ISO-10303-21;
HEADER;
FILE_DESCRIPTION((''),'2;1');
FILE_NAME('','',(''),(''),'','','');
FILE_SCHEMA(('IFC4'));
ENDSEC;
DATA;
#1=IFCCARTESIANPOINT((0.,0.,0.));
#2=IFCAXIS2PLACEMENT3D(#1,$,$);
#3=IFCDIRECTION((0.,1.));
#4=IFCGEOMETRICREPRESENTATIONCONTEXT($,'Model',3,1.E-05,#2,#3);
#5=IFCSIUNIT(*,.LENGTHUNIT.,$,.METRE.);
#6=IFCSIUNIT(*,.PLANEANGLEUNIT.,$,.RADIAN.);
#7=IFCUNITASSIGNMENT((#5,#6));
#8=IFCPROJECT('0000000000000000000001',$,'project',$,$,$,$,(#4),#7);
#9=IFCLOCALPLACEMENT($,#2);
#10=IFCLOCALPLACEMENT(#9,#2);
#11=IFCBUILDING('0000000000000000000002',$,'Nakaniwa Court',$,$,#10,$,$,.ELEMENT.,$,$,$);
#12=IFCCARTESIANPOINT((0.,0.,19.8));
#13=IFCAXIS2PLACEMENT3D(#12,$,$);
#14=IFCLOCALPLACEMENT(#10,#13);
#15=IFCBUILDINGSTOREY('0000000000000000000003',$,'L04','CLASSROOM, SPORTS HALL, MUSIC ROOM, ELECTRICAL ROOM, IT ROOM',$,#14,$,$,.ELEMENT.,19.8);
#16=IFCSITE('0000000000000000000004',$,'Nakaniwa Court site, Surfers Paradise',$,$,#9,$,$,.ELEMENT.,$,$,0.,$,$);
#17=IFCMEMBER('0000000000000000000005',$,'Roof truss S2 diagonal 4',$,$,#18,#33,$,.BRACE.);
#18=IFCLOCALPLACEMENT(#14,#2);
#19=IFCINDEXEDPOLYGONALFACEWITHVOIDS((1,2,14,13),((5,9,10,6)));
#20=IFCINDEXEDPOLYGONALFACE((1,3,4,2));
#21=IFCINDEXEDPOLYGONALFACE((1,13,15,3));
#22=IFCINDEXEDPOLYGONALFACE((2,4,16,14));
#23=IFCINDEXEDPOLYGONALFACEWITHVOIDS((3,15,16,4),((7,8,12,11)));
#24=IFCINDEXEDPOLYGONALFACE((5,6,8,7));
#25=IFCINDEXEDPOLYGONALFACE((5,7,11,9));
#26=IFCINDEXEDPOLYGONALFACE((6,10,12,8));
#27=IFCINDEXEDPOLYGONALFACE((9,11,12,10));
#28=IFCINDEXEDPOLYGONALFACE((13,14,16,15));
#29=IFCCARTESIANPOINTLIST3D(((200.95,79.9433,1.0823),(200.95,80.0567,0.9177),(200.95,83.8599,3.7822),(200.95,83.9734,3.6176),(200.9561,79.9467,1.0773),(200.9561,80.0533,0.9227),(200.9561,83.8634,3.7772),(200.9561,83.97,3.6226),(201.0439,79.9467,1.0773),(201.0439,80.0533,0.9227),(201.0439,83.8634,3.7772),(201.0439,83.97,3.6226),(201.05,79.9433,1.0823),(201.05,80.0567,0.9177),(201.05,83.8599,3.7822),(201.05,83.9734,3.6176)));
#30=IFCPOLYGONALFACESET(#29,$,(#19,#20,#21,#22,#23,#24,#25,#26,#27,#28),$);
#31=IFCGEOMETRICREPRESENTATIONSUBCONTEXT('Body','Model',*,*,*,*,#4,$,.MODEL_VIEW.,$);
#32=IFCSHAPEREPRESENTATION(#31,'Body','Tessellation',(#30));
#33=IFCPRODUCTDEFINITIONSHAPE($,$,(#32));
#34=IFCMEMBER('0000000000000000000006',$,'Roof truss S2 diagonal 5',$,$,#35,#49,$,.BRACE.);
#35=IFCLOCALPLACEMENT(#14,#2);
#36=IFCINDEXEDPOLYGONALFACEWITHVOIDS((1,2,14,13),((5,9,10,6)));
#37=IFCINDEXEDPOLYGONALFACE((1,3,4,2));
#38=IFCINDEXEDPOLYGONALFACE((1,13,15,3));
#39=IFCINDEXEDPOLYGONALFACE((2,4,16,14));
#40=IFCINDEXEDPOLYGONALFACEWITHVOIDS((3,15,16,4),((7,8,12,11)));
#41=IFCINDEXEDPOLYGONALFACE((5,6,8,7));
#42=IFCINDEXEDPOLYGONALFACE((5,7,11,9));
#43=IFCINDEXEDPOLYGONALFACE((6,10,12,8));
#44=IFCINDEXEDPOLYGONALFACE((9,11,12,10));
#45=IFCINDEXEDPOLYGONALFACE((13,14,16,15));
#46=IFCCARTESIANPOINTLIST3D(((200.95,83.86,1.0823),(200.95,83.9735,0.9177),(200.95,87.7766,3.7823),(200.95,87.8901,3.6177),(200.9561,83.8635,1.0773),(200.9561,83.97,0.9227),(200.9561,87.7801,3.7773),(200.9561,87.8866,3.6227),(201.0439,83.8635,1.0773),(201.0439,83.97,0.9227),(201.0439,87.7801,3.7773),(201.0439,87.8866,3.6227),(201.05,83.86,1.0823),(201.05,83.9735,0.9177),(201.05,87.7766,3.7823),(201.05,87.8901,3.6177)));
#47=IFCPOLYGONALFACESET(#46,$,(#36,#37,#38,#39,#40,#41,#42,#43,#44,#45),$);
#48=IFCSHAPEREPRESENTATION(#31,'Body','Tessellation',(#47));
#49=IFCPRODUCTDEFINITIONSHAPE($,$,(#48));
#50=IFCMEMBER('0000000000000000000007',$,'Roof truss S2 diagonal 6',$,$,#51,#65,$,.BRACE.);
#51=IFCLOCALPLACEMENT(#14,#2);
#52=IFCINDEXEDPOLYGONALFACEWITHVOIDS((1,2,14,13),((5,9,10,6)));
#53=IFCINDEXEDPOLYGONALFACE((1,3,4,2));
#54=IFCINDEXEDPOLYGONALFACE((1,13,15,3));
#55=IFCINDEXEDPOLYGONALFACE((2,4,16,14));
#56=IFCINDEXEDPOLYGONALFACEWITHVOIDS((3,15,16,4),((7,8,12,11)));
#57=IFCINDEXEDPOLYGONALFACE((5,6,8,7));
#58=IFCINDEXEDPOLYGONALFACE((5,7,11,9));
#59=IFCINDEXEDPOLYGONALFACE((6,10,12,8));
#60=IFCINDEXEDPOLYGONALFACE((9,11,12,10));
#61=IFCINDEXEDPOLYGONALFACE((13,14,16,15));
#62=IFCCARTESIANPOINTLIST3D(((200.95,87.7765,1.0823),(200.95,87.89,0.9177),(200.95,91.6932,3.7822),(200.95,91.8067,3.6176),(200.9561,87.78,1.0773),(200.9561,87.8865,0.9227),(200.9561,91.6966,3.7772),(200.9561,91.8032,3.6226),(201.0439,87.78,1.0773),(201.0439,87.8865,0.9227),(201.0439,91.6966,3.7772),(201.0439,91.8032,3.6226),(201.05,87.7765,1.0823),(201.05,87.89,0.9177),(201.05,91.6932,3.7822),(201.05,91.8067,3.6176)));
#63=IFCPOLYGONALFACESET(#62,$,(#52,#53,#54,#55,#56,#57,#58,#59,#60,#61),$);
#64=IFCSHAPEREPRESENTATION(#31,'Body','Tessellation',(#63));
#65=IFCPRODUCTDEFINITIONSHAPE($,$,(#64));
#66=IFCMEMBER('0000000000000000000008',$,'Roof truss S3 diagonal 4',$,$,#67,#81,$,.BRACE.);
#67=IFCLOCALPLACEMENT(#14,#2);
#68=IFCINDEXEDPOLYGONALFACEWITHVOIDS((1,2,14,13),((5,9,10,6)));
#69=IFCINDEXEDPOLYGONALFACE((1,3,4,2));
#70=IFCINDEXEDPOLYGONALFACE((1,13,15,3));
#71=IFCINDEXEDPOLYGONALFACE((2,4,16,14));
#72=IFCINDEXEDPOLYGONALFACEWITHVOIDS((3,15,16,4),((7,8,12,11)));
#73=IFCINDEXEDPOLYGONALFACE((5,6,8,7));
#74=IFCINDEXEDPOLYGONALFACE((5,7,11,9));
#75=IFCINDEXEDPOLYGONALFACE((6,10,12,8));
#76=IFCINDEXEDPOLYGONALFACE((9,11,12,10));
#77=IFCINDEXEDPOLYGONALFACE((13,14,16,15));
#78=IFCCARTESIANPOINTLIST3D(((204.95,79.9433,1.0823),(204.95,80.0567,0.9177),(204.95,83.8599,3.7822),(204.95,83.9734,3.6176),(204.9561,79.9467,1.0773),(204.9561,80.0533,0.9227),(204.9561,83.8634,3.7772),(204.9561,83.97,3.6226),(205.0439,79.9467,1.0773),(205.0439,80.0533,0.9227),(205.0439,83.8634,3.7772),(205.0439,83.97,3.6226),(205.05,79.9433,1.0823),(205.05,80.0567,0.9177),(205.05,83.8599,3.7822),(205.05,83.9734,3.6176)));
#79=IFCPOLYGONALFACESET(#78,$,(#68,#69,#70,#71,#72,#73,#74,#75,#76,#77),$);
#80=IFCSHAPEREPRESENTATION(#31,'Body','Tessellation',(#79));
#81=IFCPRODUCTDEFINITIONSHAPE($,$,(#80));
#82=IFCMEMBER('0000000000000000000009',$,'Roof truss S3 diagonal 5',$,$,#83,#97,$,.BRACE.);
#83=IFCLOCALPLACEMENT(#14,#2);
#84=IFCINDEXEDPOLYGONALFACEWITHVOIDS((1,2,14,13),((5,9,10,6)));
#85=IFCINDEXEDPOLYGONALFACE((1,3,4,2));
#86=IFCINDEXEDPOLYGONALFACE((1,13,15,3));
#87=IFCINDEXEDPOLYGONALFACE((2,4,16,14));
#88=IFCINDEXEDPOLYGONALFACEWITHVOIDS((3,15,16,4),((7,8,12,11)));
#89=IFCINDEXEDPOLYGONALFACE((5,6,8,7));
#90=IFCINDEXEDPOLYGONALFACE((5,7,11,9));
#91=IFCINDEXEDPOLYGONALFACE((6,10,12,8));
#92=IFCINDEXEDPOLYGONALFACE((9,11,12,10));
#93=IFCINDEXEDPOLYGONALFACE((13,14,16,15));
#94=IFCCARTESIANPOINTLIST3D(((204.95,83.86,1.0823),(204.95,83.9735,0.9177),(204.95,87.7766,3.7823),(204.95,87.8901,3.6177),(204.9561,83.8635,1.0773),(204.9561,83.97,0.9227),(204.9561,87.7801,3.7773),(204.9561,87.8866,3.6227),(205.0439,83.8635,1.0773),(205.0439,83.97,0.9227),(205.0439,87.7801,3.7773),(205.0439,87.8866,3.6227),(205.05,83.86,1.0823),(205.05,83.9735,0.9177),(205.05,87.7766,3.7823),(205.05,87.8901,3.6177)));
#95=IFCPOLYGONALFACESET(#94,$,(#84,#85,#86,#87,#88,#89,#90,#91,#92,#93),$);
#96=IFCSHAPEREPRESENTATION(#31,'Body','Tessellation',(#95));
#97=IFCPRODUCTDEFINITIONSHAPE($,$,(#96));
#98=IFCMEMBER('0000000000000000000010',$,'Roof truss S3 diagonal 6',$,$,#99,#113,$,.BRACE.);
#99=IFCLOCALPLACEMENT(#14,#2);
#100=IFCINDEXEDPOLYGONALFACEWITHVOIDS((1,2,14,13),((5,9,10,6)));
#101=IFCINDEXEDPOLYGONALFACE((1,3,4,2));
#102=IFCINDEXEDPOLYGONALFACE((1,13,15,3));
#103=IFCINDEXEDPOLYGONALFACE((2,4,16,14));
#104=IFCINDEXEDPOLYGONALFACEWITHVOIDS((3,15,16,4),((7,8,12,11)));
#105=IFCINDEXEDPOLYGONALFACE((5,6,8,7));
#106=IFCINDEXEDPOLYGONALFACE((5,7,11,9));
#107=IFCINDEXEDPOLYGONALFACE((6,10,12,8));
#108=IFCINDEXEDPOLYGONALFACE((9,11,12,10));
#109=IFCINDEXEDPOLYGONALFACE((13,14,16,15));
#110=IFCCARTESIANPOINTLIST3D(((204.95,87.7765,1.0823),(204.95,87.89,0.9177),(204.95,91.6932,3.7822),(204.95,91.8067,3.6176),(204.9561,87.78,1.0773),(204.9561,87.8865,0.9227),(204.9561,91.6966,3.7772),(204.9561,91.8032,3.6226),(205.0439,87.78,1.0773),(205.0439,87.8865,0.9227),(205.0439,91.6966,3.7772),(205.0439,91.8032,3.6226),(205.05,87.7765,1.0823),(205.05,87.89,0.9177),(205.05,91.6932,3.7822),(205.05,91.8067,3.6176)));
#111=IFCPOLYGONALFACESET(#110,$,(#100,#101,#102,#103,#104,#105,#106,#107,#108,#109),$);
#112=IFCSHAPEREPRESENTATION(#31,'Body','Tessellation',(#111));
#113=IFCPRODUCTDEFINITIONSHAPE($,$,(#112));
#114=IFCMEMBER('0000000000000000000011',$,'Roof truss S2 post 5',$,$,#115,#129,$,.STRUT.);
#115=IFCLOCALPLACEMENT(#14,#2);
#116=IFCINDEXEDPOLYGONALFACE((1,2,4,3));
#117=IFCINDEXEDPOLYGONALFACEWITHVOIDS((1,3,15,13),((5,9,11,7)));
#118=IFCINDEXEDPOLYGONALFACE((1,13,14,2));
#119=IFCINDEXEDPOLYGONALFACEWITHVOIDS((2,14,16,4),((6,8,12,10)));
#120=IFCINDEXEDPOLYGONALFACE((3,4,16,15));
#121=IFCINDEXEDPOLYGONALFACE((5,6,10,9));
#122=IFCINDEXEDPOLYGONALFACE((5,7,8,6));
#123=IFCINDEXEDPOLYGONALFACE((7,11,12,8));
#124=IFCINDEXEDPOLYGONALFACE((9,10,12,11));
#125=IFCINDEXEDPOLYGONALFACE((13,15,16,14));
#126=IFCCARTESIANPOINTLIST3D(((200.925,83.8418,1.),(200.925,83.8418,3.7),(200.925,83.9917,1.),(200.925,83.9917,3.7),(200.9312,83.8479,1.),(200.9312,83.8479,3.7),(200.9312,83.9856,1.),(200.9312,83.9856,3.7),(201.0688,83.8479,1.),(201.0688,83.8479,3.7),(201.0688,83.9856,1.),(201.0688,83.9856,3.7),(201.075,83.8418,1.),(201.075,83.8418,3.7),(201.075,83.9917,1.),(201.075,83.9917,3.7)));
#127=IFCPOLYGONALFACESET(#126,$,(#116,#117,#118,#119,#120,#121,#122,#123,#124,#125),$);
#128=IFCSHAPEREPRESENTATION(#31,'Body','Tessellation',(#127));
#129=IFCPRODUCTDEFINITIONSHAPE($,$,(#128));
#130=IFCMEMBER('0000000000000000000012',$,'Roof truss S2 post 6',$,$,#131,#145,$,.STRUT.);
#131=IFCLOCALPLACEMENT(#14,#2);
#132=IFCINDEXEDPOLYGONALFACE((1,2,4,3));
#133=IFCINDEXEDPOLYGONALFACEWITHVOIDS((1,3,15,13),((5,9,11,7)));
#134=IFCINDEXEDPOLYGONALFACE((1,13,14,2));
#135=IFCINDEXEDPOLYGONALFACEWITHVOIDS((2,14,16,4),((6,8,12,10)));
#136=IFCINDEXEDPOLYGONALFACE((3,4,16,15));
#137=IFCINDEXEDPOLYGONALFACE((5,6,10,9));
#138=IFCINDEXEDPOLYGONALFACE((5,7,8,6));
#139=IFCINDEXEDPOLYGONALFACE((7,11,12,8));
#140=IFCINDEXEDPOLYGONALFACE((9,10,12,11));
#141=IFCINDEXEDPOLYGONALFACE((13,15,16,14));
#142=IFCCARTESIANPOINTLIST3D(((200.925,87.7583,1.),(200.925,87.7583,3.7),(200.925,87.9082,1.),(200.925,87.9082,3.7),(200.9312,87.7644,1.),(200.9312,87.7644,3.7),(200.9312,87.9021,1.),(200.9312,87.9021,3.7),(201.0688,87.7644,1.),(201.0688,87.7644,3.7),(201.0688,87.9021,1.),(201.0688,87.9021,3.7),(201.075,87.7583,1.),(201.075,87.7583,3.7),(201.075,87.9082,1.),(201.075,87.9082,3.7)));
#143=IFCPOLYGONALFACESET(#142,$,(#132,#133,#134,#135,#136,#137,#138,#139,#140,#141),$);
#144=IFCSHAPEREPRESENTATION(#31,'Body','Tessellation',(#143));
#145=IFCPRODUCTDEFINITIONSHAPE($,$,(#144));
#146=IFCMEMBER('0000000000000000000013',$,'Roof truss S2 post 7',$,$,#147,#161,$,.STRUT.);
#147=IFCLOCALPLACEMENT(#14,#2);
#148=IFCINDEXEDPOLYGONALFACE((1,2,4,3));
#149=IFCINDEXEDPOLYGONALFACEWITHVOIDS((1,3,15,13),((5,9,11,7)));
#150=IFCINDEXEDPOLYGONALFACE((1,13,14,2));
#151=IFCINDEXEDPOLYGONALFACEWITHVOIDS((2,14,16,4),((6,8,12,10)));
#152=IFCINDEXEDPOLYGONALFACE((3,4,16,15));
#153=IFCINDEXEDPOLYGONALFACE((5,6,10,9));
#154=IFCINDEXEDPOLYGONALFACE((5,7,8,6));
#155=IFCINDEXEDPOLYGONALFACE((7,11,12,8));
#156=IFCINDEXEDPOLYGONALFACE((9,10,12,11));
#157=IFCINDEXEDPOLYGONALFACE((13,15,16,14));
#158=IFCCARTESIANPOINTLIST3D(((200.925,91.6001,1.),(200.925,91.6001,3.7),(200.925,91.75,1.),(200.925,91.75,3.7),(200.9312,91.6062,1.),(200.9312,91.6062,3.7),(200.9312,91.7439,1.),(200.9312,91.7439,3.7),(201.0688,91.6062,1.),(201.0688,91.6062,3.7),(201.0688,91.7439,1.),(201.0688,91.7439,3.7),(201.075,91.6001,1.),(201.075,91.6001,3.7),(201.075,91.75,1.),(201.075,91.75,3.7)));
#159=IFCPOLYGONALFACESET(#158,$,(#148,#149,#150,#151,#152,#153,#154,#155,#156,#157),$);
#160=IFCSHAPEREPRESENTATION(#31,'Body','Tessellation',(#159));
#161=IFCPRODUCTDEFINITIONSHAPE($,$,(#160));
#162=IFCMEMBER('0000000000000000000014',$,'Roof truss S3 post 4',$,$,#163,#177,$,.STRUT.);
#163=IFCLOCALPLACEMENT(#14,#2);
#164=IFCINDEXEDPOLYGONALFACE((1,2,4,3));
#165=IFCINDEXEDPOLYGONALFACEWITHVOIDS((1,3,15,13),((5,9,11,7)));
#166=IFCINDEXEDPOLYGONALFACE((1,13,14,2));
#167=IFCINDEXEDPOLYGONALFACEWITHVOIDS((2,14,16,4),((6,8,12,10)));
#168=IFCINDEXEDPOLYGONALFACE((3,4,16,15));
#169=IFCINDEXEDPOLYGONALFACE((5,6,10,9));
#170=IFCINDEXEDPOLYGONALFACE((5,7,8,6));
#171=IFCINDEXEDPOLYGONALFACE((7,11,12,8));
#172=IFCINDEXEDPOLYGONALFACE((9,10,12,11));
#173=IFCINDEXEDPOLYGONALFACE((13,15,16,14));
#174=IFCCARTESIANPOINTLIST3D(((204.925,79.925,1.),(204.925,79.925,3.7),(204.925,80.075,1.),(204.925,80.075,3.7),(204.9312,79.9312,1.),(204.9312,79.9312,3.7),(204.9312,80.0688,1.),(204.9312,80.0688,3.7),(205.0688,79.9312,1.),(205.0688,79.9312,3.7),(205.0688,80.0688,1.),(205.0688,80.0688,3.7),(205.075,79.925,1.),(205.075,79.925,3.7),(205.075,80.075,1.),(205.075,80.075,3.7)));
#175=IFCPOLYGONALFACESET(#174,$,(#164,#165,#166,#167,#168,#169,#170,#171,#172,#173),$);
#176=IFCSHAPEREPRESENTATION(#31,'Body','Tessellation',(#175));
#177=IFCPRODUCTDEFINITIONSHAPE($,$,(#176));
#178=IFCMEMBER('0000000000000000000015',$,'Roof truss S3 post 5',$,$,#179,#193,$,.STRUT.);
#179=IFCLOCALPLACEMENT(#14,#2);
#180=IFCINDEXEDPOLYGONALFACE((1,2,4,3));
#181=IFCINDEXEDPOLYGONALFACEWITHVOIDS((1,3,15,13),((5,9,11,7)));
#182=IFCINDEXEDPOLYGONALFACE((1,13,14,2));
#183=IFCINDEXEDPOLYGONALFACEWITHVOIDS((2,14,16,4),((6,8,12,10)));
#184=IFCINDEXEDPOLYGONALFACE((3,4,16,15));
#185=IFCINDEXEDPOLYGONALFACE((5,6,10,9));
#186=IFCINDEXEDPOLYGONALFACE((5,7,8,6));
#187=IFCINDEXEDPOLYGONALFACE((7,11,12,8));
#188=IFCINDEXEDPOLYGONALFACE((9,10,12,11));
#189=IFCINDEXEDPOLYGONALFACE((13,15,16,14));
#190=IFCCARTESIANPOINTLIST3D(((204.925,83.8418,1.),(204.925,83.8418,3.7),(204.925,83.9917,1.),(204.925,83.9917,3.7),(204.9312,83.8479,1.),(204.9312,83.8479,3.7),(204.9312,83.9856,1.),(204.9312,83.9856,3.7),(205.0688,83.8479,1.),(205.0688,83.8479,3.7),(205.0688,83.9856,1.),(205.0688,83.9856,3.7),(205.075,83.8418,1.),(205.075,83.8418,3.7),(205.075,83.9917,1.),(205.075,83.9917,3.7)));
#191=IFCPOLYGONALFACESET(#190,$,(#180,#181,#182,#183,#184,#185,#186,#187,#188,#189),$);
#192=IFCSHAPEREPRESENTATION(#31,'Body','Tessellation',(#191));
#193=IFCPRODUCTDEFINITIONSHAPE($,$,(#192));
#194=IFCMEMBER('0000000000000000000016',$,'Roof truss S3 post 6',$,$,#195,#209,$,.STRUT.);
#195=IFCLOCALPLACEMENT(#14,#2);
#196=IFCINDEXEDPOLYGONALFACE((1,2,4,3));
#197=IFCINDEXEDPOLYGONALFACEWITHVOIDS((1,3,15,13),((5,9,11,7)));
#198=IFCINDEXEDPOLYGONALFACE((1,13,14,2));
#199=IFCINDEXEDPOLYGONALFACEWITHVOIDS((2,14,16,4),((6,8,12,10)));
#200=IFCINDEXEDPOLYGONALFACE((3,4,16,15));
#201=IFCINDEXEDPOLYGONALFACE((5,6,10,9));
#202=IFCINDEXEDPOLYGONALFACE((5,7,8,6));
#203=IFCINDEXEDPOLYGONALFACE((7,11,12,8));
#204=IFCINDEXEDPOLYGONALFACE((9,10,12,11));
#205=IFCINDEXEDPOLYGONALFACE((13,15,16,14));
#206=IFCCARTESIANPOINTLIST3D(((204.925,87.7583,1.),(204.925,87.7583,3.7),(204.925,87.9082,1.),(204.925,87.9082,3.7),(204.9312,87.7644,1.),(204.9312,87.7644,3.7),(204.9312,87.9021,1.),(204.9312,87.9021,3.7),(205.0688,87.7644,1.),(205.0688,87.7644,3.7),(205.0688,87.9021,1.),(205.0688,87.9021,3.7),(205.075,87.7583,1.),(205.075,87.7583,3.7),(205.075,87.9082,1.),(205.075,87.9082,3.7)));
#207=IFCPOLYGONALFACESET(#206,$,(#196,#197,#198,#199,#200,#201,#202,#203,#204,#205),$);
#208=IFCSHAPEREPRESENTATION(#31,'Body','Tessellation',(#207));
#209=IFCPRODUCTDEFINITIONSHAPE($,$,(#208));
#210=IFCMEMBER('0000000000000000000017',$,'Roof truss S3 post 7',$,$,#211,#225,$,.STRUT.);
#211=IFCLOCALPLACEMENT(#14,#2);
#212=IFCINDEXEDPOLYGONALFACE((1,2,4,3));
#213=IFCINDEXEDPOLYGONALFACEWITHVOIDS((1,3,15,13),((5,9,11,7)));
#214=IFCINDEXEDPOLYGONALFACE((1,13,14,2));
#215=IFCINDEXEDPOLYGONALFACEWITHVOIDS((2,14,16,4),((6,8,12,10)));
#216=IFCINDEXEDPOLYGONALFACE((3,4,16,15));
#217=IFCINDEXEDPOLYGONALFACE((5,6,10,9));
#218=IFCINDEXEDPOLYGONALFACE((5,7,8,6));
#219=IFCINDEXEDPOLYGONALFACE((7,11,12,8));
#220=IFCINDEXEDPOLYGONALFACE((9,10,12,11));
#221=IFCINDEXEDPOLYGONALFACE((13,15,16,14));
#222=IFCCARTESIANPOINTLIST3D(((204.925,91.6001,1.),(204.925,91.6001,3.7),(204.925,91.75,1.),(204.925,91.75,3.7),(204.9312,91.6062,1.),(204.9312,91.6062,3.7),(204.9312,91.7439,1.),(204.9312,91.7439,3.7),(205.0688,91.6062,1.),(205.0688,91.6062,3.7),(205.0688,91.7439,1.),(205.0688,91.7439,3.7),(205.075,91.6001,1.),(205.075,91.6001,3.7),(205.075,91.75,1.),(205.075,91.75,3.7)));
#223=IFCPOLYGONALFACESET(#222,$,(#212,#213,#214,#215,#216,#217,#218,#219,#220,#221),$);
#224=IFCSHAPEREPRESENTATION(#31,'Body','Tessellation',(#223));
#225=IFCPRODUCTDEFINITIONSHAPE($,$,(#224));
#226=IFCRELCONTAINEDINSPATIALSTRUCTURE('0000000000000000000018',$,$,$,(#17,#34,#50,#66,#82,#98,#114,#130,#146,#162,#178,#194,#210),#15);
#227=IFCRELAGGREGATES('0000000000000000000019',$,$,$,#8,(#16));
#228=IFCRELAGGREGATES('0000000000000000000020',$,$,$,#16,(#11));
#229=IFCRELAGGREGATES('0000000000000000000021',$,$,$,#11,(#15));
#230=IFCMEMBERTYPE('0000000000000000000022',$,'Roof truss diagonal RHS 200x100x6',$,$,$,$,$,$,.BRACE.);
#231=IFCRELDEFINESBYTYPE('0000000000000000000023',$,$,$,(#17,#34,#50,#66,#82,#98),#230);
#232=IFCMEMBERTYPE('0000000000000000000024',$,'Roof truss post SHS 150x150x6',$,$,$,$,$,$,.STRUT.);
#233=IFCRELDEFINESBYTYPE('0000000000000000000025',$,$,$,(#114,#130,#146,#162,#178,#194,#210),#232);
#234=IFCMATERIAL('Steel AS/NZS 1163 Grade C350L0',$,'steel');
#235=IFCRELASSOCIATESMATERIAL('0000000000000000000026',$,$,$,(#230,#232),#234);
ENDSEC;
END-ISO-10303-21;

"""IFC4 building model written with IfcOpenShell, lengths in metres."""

from ifc_helpers import new_model, si_unit, direction, frame, origin, origin_2d, place, context, subcontext, project, spatial, hollow_rectangle, extrude, material, material_profile, profile_set, type_object, element, save


model = new_model("IFC4")

# Units and contexts
model_context = context("Model", 3, precision=1e-05, world=origin(), true_north=direction((0.0, 1.0)))
body_context = subcontext(model_context, "Body", "Model", "MODEL_VIEW")
ifc_project = project(units=[si_unit("LENGTHUNIT", "METRE"), si_unit("PLANEANGLEUNIT", "RADIAN")], contexts=[model_context])

# Site, building, storey
site_placement = place(None, origin())
site = spatial("IfcSite", under=ifc_project, at=site_placement, Name="Nakaniwa Court site, Surfers Paradise", CompositionType="ELEMENT", RefElevation=0.0)
building_placement = place(site_placement, origin())
building = spatial("IfcBuilding", under=site, at=building_placement, Name="Nakaniwa Court", CompositionType="ELEMENT")
storey_placement = place(building_placement, frame((0.0, 0.0, 19.8)))
storey = spatial("IfcBuildingStorey", under=building, at=storey_placement, Name="L04", Description="CLASSROOM, SPORTS HALL, MUSIC ROOM, ELECTRICAL ROOM, IT ROOM", CompositionType="ELEMENT", Elevation=19.8)

# Members
ifc_material_1 = material(Name="Steel AS/NZS 1163 Grade C350L0", Category="steel")
ifc_material_profile_1 = material_profile(ifc_material_1, hollow_rectangle(XDim=0.1001, YDim=0.2, WallThickness=0.0061, at=origin_2d()), Name="RHS 200x100x6")
ifc_profile_set_1 = profile_set([ifc_material_profile_1], Name="Steel AS/NZS 1163 Grade C350L0")
member_type_1 = type_object("IfcMemberType", Name="Roof truss diagonal RHS 200x100x6", PredefinedType="BRACE", material=ifc_profile_set_1)
for number, where, z_axis, x_axis, name in (
    (1, (201.0, 80.0, 1.0), (0.0, 0.823336, 0.567554), (-1.0, 0.0, 0.0), "Roof truss S2 diagonal 4"),
    (2, (201.0, 83.9167, 1.0), (0.0, 0.823319, 0.567578), (-1.0, 0.0, 0.0), "Roof truss S2 diagonal 5"),
    (3, (201.0, 87.8333, 1.0), (0.0, 0.823336, 0.567554), (-1.0, 0.0, 0.0), "Roof truss S2 diagonal 6"),
    (4, (205.0, 80.0, 1.0), (0.0, 0.823336, 0.567554), (-1.0, 0.0, 0.0), "Roof truss S3 diagonal 4"),
    (5, (205.0, 83.9167, 1.0), (0.0, 0.823319, 0.567578), (-1.0, 0.0, 0.0), "Roof truss S3 diagonal 5"),
    (6, (205.0, 87.8333, 1.0), (0.0, 0.823336, 0.567554), (-1.0, 0.0, 0.0), "Roof truss S3 diagonal 6"),
):
    element("IfcMember", number, at=place(storey_placement, frame(where, z_axis=z_axis, x_axis=x_axis)), inside=storey, type_object=member_type_1, Name=name, PredefinedType="BRACE", context=body_context, shape_type="SweptSolid", body=[
        extrude(hollow_rectangle(XDim=0.1001, YDim=0.2, WallThickness=0.0061, at=origin_2d()), origin(), (0.0, 0.0, 1.0), 4.7571),
    ])
ifc_material_profile_2 = material_profile(ifc_material_1, hollow_rectangle(XDim=0.1499, YDim=0.1499, WallThickness=0.0061, at=origin_2d()), Name="SHS 150x150x6")
ifc_profile_set_2 = profile_set([ifc_material_profile_2], Name="Steel AS/NZS 1163 Grade C350L0")
member_type_2 = type_object("IfcMemberType", Name="Roof truss post SHS 150x150x6", PredefinedType="STRUT", material=ifc_profile_set_2)
for number, where, z_axis, x_axis, name in (
    (7, (201.0, 83.9167, 1.0), (0.0, 0.0, 1.0), (1.0, 0.0, 0.0), "Roof truss S2 post 5"),
    (8, (201.0, 87.8333, 1.0), (0.0, 0.0, 1.0), (1.0, 0.0, 0.0), "Roof truss S2 post 6"),
    (9, (201.0, 91.675, 1.0), (0.0, 0.0, 1.0), (1.0, 0.0, 0.0), "Roof truss S2 post 7"),
    (10, (205.0, 80.0, 1.0), (0.0, 0.0, 1.0), (1.0, 0.0, 0.0), "Roof truss S3 post 4"),
    (11, (205.0, 83.9167, 1.0), (0.0, 0.0, 1.0), (1.0, 0.0, 0.0), "Roof truss S3 post 5"),
    (12, (205.0, 87.8333, 1.0), (0.0, 0.0, 1.0), (1.0, 0.0, 0.0), "Roof truss S3 post 6"),
    (13, (205.0, 91.675, 1.0), (0.0, 0.0, 1.0), (1.0, 0.0, 0.0), "Roof truss S3 post 7"),
):
    element("IfcMember", number, at=place(storey_placement, frame(where, z_axis=z_axis, x_axis=x_axis)), inside=storey, type_object=member_type_2, Name=name, PredefinedType="STRUT", context=body_context, shape_type="SweptSolid", body=[
        extrude(hollow_rectangle(XDim=0.1499, YDim=0.1499, WallThickness=0.0061, at=origin_2d()), origin(), (0.0, 0.0, 1.0), 2.7),
    ])

save(model, "model.ifc")
